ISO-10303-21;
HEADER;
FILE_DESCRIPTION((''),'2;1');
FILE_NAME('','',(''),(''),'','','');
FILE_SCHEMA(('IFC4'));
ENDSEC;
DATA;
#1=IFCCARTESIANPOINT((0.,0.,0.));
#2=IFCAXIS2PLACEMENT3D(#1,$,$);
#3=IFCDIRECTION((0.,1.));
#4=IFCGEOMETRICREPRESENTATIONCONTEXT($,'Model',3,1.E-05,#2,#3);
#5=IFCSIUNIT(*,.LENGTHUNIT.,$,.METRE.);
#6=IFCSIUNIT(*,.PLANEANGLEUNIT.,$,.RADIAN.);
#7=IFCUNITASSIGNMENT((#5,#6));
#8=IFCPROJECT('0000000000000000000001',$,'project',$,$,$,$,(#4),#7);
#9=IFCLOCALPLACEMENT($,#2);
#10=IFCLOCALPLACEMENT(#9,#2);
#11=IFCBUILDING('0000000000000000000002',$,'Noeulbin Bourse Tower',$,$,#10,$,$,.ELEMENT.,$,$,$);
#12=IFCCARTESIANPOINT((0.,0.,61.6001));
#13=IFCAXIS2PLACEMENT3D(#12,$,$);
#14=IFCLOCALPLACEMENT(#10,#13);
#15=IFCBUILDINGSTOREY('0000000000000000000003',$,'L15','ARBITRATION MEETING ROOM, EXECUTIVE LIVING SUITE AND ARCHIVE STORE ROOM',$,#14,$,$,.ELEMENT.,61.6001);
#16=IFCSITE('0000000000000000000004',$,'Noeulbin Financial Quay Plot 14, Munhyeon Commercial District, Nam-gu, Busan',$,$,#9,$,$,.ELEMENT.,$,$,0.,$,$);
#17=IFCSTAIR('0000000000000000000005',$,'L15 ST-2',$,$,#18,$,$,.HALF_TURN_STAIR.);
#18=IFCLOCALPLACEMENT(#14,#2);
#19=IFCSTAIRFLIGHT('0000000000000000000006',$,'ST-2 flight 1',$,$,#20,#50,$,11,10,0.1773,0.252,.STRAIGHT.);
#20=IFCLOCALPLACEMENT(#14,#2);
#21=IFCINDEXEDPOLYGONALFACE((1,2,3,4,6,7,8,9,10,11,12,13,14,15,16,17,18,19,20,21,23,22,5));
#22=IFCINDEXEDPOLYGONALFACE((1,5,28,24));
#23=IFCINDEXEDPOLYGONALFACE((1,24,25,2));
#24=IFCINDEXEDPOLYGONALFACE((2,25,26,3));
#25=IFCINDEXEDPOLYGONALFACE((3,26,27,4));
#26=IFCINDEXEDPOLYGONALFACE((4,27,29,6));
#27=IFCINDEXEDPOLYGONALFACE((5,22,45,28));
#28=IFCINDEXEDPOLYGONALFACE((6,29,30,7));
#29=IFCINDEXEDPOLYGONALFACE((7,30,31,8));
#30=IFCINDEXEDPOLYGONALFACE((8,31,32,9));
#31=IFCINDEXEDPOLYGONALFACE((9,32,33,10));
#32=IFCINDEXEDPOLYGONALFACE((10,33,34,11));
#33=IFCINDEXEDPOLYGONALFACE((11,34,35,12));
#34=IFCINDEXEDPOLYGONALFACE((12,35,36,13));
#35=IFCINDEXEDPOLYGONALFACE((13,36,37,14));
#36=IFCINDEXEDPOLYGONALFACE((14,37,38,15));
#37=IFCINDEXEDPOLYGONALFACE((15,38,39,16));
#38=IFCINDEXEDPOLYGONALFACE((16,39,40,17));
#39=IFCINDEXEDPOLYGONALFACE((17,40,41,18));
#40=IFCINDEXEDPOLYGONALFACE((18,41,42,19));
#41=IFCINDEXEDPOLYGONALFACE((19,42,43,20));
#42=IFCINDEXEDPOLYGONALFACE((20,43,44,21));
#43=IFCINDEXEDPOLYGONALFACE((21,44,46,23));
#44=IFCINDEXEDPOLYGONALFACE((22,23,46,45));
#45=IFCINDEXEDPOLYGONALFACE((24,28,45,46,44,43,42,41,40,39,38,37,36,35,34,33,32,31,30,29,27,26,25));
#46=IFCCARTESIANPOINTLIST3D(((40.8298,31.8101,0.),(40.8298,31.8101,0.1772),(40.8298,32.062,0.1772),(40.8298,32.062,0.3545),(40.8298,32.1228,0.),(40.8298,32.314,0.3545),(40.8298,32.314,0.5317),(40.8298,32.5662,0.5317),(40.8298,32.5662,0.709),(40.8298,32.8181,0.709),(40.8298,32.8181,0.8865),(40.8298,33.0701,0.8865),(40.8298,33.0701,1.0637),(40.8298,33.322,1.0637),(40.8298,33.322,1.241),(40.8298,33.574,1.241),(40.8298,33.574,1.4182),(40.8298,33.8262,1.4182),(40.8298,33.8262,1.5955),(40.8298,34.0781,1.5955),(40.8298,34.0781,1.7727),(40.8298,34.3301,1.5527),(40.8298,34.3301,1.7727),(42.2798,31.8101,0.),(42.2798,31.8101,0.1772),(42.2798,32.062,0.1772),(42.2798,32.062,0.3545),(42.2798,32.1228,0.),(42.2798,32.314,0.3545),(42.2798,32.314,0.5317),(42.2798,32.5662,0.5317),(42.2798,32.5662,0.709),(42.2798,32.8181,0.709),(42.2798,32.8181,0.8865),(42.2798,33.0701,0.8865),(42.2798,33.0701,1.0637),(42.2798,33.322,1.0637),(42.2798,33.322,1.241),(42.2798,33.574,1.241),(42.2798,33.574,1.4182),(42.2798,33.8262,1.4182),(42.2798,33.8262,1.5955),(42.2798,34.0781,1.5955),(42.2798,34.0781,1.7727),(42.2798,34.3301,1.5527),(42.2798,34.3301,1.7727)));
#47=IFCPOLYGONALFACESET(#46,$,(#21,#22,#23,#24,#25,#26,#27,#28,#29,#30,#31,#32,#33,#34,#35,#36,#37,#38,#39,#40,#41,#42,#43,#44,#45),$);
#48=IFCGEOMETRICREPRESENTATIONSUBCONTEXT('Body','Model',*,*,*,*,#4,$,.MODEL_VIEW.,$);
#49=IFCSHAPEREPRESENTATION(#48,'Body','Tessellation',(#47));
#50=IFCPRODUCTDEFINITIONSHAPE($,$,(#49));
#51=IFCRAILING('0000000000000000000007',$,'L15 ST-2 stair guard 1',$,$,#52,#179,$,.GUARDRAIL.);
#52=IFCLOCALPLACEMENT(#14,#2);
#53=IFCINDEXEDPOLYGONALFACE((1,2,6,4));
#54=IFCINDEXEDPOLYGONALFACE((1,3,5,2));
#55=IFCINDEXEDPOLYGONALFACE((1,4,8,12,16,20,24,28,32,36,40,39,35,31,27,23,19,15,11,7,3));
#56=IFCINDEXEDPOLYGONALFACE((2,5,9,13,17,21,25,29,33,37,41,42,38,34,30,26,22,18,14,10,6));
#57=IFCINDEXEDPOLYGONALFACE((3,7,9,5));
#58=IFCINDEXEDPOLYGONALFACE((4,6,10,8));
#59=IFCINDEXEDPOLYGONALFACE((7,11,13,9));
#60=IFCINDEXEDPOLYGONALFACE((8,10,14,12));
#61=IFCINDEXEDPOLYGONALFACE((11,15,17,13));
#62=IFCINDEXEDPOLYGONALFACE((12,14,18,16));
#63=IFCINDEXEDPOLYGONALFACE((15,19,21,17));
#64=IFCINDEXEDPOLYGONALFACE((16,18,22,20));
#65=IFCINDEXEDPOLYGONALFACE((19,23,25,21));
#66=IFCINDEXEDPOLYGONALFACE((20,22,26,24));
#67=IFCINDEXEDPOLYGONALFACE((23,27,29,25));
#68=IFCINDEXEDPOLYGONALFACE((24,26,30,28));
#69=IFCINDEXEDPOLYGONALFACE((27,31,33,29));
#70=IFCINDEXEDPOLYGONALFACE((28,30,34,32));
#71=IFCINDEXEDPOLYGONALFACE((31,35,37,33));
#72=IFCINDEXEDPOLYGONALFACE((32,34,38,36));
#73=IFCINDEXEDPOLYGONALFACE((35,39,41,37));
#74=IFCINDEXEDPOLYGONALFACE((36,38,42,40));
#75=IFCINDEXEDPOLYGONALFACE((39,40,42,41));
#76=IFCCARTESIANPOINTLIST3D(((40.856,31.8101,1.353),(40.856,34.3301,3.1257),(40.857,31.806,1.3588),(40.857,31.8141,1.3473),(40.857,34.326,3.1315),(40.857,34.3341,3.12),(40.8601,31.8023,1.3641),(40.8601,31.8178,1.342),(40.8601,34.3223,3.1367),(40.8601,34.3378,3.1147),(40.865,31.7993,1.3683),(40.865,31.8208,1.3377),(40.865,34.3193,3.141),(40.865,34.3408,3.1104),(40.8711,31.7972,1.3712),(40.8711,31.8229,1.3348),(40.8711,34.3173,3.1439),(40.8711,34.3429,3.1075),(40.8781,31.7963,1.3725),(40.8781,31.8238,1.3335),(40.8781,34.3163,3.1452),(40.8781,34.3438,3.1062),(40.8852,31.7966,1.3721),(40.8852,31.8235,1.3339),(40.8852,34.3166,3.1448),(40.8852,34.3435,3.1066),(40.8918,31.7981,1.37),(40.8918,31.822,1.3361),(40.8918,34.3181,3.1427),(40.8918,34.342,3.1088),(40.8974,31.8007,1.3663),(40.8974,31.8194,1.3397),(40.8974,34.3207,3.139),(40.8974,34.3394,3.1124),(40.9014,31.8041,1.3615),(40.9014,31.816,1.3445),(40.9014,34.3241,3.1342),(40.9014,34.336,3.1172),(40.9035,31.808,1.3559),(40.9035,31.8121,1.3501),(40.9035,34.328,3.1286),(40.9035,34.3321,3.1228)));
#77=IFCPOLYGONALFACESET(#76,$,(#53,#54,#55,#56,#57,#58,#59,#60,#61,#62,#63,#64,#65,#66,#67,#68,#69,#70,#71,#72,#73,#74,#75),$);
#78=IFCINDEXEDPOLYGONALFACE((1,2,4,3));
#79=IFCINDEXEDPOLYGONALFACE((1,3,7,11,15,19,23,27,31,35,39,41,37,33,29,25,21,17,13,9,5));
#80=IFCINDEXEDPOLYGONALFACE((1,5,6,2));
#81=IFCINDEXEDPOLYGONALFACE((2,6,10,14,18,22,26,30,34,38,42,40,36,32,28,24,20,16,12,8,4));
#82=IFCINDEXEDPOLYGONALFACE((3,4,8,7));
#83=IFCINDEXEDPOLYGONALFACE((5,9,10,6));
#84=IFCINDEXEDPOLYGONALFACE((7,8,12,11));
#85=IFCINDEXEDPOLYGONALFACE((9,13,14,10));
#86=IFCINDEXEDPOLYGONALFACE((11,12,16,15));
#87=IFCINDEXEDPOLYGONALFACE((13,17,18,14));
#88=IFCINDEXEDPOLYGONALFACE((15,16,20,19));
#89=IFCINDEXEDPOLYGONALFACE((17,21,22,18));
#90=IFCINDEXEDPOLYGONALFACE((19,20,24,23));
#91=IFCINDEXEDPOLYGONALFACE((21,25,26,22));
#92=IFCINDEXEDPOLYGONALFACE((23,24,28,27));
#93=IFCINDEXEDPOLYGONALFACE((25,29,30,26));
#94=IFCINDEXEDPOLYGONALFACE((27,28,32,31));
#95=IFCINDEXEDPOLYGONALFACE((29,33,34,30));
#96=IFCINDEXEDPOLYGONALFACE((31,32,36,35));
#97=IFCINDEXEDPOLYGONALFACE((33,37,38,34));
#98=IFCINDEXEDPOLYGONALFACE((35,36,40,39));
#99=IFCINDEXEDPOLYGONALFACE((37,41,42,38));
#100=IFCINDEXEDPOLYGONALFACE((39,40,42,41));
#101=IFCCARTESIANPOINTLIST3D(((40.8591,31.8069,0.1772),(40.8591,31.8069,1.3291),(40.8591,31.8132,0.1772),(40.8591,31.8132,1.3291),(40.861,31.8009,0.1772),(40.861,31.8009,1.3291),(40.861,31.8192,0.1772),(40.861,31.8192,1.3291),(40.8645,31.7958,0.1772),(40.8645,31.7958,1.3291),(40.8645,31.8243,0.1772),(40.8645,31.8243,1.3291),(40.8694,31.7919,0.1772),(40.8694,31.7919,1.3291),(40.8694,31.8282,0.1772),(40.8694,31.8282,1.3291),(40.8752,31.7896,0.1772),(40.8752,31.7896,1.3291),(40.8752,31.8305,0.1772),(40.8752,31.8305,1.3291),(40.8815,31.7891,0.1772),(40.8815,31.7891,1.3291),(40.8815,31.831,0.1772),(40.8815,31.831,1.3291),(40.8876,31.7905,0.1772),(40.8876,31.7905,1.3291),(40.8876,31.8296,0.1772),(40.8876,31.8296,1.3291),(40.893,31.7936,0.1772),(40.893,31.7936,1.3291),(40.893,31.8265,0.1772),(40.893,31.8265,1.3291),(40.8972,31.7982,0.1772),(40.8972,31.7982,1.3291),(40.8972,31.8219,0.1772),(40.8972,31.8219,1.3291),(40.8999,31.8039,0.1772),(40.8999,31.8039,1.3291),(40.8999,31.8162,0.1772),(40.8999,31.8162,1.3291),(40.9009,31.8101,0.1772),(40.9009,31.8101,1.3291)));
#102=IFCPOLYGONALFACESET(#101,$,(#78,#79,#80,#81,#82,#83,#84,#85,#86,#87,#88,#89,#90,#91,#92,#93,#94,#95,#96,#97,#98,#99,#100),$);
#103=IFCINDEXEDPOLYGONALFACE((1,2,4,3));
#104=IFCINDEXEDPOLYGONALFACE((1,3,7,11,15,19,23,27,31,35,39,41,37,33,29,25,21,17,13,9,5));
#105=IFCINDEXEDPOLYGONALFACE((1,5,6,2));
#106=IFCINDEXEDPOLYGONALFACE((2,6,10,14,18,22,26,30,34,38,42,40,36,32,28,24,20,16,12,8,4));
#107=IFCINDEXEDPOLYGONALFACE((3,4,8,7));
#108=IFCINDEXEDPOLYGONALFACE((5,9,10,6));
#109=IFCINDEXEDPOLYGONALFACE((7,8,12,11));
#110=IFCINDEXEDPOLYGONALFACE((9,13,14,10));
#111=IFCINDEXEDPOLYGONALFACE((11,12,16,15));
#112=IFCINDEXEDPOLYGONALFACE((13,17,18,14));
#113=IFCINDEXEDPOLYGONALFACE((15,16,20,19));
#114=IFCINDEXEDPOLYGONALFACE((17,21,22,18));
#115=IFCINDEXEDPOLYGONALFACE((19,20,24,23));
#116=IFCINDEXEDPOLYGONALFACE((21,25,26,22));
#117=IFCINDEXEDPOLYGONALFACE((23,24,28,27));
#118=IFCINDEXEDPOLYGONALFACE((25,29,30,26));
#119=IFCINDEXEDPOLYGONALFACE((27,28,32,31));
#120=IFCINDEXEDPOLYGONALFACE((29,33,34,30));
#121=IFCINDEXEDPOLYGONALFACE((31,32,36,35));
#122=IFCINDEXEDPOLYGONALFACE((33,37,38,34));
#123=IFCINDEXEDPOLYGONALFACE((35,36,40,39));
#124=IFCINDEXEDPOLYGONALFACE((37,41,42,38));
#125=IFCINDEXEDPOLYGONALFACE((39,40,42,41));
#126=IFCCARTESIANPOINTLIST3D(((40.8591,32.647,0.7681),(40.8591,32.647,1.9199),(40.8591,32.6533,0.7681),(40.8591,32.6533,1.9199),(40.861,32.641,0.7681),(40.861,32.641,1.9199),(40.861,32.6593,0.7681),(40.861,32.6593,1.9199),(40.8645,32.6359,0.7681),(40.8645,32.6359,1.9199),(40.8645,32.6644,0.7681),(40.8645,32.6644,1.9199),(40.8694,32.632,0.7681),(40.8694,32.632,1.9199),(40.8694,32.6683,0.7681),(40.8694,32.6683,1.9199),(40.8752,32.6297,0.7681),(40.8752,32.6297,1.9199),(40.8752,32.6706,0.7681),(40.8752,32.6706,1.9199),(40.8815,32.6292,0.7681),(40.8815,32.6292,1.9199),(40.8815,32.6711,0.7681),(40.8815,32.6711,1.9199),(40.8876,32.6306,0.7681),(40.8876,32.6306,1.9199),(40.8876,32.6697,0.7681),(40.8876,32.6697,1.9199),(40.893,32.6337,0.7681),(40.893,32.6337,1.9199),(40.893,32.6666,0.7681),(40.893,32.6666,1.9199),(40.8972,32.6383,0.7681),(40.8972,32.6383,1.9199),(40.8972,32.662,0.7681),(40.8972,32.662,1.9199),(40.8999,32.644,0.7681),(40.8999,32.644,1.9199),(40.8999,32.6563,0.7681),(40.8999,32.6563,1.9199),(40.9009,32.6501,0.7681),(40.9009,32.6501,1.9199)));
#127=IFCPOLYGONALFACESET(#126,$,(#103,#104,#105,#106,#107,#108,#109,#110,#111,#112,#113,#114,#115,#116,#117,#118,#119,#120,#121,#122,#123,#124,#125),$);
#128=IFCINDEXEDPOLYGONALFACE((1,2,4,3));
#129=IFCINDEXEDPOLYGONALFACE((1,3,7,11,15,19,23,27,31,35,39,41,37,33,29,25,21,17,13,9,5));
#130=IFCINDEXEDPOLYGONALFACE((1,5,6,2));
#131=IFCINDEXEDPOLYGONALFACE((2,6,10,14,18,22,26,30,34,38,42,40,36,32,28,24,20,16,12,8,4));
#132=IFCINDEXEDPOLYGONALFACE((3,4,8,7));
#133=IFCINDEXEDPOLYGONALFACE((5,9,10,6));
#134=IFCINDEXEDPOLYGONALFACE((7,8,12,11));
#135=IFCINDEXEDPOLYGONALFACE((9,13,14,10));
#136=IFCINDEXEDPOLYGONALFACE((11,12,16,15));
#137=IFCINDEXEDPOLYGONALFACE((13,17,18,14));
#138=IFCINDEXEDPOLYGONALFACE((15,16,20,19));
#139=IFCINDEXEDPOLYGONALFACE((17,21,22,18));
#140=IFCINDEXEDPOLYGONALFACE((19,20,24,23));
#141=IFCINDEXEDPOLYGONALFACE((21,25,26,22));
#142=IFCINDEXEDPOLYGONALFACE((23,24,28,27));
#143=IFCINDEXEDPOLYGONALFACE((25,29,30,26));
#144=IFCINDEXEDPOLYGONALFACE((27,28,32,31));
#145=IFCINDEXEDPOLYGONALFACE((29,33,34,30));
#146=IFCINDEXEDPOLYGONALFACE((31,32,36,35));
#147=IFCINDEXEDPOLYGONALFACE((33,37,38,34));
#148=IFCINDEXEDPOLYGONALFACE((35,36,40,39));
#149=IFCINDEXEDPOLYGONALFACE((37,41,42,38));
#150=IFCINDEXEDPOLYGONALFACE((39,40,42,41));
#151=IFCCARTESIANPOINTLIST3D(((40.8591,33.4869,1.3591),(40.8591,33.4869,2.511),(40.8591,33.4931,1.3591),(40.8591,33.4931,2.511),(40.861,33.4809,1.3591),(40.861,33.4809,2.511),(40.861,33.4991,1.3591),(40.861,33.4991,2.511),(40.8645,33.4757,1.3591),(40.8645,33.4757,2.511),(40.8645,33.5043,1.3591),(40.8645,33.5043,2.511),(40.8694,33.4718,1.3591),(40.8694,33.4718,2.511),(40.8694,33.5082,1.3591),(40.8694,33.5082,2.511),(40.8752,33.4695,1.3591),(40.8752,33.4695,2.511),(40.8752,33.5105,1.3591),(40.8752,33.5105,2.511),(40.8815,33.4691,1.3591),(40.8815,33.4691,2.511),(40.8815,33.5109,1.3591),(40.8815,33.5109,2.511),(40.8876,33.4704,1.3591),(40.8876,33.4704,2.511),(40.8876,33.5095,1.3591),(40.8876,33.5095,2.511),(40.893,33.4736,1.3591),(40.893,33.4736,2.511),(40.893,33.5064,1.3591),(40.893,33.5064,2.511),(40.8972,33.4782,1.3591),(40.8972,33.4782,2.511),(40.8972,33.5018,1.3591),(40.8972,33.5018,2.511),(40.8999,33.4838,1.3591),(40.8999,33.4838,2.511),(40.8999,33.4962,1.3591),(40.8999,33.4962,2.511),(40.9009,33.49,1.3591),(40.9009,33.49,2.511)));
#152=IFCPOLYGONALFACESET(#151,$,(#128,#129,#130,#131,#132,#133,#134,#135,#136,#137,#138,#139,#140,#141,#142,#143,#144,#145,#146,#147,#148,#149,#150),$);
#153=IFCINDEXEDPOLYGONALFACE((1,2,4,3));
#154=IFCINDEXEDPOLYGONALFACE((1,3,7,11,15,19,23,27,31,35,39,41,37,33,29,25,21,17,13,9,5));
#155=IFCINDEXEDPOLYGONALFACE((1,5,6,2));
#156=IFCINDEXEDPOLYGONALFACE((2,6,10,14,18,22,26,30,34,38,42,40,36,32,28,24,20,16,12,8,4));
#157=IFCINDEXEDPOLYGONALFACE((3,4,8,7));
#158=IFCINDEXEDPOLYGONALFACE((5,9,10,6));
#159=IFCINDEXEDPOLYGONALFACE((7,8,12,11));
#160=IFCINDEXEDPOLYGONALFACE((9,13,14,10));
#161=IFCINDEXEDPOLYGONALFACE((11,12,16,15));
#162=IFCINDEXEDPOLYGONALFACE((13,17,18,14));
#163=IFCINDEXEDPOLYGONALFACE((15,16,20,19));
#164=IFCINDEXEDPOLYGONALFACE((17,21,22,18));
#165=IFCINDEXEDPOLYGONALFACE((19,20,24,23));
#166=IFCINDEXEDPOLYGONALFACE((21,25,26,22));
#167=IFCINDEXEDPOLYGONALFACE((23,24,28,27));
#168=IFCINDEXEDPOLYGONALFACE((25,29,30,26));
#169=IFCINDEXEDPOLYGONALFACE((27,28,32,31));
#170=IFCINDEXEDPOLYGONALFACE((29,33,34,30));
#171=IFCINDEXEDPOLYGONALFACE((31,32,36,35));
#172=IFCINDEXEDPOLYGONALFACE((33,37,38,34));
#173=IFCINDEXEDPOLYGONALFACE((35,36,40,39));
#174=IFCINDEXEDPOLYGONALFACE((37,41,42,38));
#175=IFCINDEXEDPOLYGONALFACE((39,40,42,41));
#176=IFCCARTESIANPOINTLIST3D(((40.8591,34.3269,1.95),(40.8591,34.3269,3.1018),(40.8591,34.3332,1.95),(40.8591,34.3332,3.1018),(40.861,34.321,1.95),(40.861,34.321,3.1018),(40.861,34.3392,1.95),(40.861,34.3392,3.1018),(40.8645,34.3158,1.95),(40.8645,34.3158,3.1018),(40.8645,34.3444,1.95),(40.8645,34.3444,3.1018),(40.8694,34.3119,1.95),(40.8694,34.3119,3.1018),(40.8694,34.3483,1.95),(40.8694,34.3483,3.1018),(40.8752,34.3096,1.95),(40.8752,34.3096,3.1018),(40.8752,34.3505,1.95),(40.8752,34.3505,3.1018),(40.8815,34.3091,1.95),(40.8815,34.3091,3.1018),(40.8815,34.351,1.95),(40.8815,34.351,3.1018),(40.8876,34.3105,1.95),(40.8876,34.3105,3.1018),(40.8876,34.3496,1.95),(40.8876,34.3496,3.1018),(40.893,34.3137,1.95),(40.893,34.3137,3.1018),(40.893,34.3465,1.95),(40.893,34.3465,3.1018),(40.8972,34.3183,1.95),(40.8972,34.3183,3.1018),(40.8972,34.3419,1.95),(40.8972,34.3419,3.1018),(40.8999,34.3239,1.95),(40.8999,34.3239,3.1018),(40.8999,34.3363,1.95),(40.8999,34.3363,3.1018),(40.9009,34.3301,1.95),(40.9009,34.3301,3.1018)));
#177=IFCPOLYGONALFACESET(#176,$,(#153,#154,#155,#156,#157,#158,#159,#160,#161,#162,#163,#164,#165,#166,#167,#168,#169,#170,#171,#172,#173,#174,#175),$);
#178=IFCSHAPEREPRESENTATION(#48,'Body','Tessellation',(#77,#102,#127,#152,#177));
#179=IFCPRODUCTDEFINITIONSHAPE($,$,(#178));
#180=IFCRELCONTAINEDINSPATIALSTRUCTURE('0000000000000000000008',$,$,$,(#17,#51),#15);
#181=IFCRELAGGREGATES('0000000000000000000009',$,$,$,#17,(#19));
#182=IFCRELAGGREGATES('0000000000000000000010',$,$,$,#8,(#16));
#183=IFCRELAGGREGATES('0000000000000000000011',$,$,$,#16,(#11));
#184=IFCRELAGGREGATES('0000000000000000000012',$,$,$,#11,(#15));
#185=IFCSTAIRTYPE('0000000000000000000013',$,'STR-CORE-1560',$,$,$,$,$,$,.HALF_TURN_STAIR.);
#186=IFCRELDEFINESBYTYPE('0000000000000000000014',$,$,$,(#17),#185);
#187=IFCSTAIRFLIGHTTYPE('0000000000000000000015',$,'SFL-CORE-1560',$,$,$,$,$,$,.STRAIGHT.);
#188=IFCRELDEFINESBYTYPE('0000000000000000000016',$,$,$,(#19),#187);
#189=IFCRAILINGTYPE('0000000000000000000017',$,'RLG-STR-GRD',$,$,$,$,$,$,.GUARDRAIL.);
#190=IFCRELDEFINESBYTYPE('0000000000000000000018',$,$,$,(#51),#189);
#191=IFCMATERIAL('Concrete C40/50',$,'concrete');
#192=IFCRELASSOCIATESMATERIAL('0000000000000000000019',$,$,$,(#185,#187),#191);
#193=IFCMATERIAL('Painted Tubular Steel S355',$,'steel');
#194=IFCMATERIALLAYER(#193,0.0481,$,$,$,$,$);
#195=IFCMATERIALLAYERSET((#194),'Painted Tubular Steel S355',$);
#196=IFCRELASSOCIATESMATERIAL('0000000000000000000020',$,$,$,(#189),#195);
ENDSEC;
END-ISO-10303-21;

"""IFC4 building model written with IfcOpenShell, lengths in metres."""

from ifc_helpers import new_model, si_unit, direction, frame, origin, origin_2d, place, context, subcontext, project, spatial, polyline, circle, outline, extrude, material, layer, layer_set, type_object, element, aggregate, save


model = new_model("IFC4")

# Units and contexts
model_context = context("Model", 3, precision=1e-05, world=origin(), true_north=direction((0.0, 1.0)))
body_context = subcontext(model_context, "Body", "Model", "MODEL_VIEW")
ifc_project = project(units=[si_unit("LENGTHUNIT", "METRE"), si_unit("PLANEANGLEUNIT", "RADIAN")], contexts=[model_context])

# Site, building, storey
site_placement = place(None, origin())
site = spatial("IfcSite", under=ifc_project, at=site_placement, Name="Noeulbin Financial Quay Plot 14, Munhyeon Commercial District, Nam-gu, Busan", CompositionType="ELEMENT", RefElevation=0.0)
building_placement = place(site_placement, origin())
building = spatial("IfcBuilding", under=site, at=building_placement, Name="Noeulbin Bourse Tower", CompositionType="ELEMENT")
storey_placement = place(building_placement, frame((0.0, 0.0, 61.6001)))
storey = spatial("IfcBuildingStorey", under=building, at=storey_placement, Name="L15", Description="ARBITRATION MEETING ROOM, EXECUTIVE LIVING SUITE AND ARCHIVE STORE ROOM", CompositionType="ELEMENT", Elevation=61.6001)

# Shared definitions
ifc_material_1 = material(Name="Concrete C40/50", Category="concrete")

# Stair, stair flight
stair_type = type_object("IfcStairType", Name="STR-CORE-1560", PredefinedType="HALF_TURN_STAIR", material=ifc_material_1)
stair_placement = place(storey_placement, origin())
stair = element("IfcStair", 1, at=stair_placement, inside=storey, type_object=stair_type, Name="L15 ST-2", PredefinedType="HALF_TURN_STAIR")
stair_flight_type = type_object("IfcStairFlightType", Name="SFL-CORE-1560", PredefinedType="STRAIGHT", material=ifc_material_1)
stair_flight_placement = place(storey_placement, frame((41.5549, 31.8101, 0.0), z_axis=(0.0, 0.0, 1.0), x_axis=(0.0, 1.0, 0.0)))
stair_flight = element("IfcStairFlight", 2, at=stair_flight_placement, type_object=stair_flight_type, Name="ST-2 flight 1", NumberOfRisers=11, NumberOfTreads=10, PredefinedType="STRAIGHT", RiserHeight=0.1773, TreadLength=0.252, context=body_context, shape_type="SweptSolid", body=[
    extrude(outline(polyline([(0.0, 0.0), (0.0, 0.1772), (0.252, 0.1772), (0.252, 0.3545), (0.5039, 0.3545), (0.5039, 0.5317), (0.7561, 0.5317), (0.7561, 0.709), (1.0081, 0.709), (1.0081, 0.8865), (1.26, 0.8865), (1.26, 1.0637), (1.512, 1.0637), (1.512, 1.241), (1.7639, 1.241), (1.7639, 1.4182), (2.0161, 1.4182), (2.0161, 1.5955), (2.2681, 1.5955), (2.2681, 1.7727), (2.52, 1.7727), (2.52, 1.95), (2.52, 1.5527), (0.3127, 0.0), (0.0, 0.0)])), frame((0.0, 0.7251, 0.0), z_axis=(0.0, -1.0, 0.0), x_axis=(1.0, 0.0, 0.0)), (0.0, 0.0, 1.0), 1.45),
])
aggregate(stair, [stair_flight])

# Railing
ifc_material_2 = material(Name="Painted Tubular Steel S355", Category="steel")
ifc_layer_1 = layer(ifc_material_2, 0.0481)
ifc_layer_set_1 = layer_set([ifc_layer_1], Name="Painted Tubular Steel S355")
railing_type_1 = type_object("IfcRailingType", Name="RLG-STR-GRD", PredefinedType="GUARDRAIL", material=ifc_layer_set_1)
railing_1_placement = place(storey_placement, frame((40.8799, 31.8101, 0.1772)))
element("IfcRailing", 3, at=railing_1_placement, inside=storey, type_object=railing_type_1, Name="L15 ST-2 stair guard 1", PredefinedType="GUARDRAIL", context=body_context, shape_type="SweptSolid", body=[
    extrude(circle(Radius=0.0239, at=origin_2d()), frame((0.0, 0.0, 1.1758), z_axis=(0.0, 0.817904, 0.575354), x_axis=(-1.0, 0.0, 0.0)), (0.0, 0.0, 1.0), 3.0811),
    extrude(circle(Radius=0.021, at=origin_2d()), origin(), (0.0, 0.0, 1.0), 1.1519),
    extrude(circle(Radius=0.021, at=origin_2d()), frame((0.0, 0.8401, 0.5908)), (0.0, 0.0, 1.0), 1.1519),
    extrude(circle(Radius=0.021, at=origin_2d()), frame((0.0, 1.6799, 1.1819)), (0.0, 0.0, 1.0), 1.1519),
    extrude(circle(Radius=0.021, at=origin_2d()), frame((0.0, 2.52, 1.7727)), (0.0, 0.0, 1.0), 1.1519),
])

save(model, "model.ifc")
